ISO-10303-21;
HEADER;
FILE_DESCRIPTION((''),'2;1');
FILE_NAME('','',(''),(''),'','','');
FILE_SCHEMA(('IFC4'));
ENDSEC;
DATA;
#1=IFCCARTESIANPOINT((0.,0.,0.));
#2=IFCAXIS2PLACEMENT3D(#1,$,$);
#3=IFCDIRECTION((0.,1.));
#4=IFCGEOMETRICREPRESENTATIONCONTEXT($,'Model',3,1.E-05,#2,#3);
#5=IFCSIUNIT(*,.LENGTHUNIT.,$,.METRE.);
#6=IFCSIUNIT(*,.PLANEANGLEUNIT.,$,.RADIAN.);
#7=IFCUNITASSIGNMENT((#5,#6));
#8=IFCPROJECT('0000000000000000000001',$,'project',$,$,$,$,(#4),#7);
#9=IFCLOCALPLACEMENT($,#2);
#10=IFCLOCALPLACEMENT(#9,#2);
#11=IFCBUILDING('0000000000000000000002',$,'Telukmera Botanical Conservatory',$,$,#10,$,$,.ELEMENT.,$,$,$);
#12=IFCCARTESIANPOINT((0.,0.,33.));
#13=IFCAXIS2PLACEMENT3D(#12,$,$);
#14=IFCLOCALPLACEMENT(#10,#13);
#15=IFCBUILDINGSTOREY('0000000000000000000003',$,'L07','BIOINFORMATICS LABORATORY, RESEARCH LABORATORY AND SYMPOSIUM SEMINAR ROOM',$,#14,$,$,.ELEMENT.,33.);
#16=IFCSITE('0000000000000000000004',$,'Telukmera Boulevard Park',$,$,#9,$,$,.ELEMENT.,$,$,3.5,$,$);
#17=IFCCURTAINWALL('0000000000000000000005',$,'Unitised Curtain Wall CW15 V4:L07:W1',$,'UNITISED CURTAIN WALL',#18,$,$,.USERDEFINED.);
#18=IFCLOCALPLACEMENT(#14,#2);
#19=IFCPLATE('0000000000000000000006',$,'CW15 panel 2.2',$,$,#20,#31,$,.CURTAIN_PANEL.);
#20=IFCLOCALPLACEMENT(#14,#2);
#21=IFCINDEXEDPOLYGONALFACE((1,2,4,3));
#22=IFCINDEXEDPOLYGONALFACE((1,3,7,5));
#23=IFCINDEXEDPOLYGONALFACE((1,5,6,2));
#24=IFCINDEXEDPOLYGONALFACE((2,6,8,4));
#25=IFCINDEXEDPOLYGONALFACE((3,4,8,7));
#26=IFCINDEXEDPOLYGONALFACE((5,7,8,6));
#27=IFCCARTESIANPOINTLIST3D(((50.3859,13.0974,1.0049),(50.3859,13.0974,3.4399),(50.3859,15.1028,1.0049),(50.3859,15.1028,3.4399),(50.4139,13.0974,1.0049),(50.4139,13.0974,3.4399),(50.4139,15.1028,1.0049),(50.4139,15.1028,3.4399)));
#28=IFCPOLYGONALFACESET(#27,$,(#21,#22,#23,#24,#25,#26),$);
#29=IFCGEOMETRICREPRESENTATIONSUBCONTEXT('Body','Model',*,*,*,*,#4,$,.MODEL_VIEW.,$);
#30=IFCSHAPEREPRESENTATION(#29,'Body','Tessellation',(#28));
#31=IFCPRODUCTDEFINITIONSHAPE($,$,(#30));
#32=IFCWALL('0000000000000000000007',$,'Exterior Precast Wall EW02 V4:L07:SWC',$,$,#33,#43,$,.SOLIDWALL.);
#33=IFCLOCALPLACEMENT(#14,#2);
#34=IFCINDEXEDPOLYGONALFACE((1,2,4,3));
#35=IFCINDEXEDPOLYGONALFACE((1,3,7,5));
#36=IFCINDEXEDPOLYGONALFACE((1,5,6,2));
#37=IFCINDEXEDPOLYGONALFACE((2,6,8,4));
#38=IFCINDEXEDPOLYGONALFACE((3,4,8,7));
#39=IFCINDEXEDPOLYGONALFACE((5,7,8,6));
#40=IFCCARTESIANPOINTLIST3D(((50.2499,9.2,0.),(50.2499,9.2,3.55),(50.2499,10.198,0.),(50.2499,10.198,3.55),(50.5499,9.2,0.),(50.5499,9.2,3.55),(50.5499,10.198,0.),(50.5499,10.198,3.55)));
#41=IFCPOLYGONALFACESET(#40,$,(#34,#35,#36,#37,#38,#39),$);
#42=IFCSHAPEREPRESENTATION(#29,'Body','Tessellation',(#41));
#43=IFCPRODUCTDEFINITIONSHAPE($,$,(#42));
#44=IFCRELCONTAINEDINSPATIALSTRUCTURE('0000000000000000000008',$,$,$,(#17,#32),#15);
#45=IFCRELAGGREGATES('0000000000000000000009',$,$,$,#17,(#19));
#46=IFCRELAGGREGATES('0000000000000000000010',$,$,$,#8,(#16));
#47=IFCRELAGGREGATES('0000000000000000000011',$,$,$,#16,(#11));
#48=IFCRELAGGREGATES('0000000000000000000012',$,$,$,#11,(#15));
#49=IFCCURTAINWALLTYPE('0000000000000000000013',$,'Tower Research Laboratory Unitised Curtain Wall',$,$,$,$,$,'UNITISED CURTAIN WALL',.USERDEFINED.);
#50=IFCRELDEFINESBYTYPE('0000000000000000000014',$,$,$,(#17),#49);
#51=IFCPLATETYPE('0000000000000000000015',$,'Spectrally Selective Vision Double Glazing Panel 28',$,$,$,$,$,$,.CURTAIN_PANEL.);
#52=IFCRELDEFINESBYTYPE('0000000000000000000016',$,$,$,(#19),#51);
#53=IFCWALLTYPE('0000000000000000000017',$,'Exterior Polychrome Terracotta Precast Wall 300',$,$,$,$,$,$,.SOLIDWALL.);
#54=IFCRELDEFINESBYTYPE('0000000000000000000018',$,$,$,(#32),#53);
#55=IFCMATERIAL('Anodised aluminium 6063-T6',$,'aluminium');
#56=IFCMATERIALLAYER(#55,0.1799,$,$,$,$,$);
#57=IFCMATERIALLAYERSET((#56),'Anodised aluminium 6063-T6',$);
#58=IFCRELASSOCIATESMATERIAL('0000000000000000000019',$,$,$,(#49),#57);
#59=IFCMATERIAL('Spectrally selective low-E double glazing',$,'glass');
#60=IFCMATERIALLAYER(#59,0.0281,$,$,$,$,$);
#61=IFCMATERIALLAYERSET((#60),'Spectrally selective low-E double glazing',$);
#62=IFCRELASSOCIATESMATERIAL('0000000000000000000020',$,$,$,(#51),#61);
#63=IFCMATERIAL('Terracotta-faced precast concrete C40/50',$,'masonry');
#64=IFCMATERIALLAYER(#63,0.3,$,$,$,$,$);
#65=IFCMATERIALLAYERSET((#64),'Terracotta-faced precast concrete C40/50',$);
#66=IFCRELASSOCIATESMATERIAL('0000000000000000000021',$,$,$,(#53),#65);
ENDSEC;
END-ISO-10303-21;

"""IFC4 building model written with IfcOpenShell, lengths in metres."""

from ifc_helpers import new_model, si_unit, direction, frame, frame_2d, origin, origin_2d, place, context, subcontext, project, spatial, rectangle, extrude, material, layer, layer_set, type_object, element, aggregate, save


model = new_model("IFC4")

# Units and contexts
model_context = context("Model", 3, precision=1e-05, world=origin(), true_north=direction((0.0, 1.0)))
body_context = subcontext(model_context, "Body", "Model", "MODEL_VIEW")
ifc_project = project(units=[si_unit("LENGTHUNIT", "METRE"), si_unit("PLANEANGLEUNIT", "RADIAN")], contexts=[model_context])

# Site, building, storey
site_placement = place(None, origin())
site = spatial("IfcSite", under=ifc_project, at=site_placement, Name="Telukmera Boulevard Park", CompositionType="ELEMENT", RefElevation=3.5)
building_placement = place(site_placement, origin())
building = spatial("IfcBuilding", under=site, at=building_placement, Name="Telukmera Botanical Conservatory", CompositionType="ELEMENT")
storey_placement = place(building_placement, frame((0.0, 0.0, 33.0)))
storey = spatial("IfcBuildingStorey", under=building, at=storey_placement, Name="L07", Description="BIOINFORMATICS LABORATORY, RESEARCH LABORATORY AND SYMPOSIUM SEMINAR ROOM", CompositionType="ELEMENT", Elevation=33.0)

# Curtain wall, plate
ifc_material_1 = material(Name="Anodised aluminium 6063-T6", Category="aluminium")
ifc_layer_1 = layer(ifc_material_1, 0.1799)
ifc_layer_set_1 = layer_set([ifc_layer_1], Name="Anodised aluminium 6063-T6")
curtain_wall_type = type_object("IfcCurtainWallType", Name="Tower Research Laboratory Unitised Curtain Wall", ElementType="UNITISED CURTAIN WALL", PredefinedType="USERDEFINED", material=ifc_layer_set_1)
curtain_wall_placement = place(storey_placement, origin())
curtain_wall = element("IfcCurtainWall", 1, at=curtain_wall_placement, inside=storey, type_object=curtain_wall_type, Name="Unitised Curtain Wall CW15 V4:L07:W1", ObjectType="UNITISED CURTAIN WALL", PredefinedType="USERDEFINED")
ifc_material_2 = material(Name="Spectrally selective low-E double glazing", Category="glass")
ifc_layer_2 = layer(ifc_material_2, 0.0281)
ifc_layer_set_2 = layer_set([ifc_layer_2], Name="Spectrally selective low-E double glazing")
plate_type = type_object("IfcPlateType", Name="Spectrally Selective Vision Double Glazing Panel 28", PredefinedType="CURTAIN_PANEL", material=ifc_layer_set_2)
plate_1_placement = place(storey_placement, frame((50.3999, 14.1001, 1.0049), z_axis=(0.0, 0.0, 1.0), x_axis=(0.0, 1.0, 0.0)))
plate_1 = element("IfcPlate", 2, at=plate_1_placement, type_object=plate_type, Name="CW15 panel 2.2", PredefinedType="CURTAIN_PANEL", context=body_context, shape_type="SweptSolid", body=[
    extrude(rectangle(XDim=2.0054, YDim=0.0281, at=origin_2d()), origin(), (0.0, 0.0, 1.0), 2.4351),
])
aggregate(curtain_wall, [plate_1])

# Wall
ifc_material_3 = material(Name="Terracotta-faced precast concrete C40/50", Category="masonry")
ifc_layer_3 = layer(ifc_material_3, 0.3)
ifc_layer_set_3 = layer_set([ifc_layer_3], Name="Terracotta-faced precast concrete C40/50")
wall_type = type_object("IfcWallType", Name="Exterior Polychrome Terracotta Precast Wall 300", PredefinedType="SOLIDWALL", material=ifc_layer_set_3)
wall_placement = place(storey_placement, frame((50.3999, 9.2, 0.0), z_axis=(0.0, 0.0, 1.0), x_axis=(0.0, 1.0, 0.0)))
element("IfcWall", 3, at=wall_placement, inside=storey, type_object=wall_type, Name="Exterior Precast Wall EW02 V4:L07:SWC", PredefinedType="SOLIDWALL", context=body_context, shape_type="SweptSolid", body=[
    extrude(rectangle(XDim=0.998, YDim=0.3, at=frame_2d((0.499, 0.0))), origin(), (0.0, 0.0, 1.0), 3.55),
])

save(model, "model.ifc")
